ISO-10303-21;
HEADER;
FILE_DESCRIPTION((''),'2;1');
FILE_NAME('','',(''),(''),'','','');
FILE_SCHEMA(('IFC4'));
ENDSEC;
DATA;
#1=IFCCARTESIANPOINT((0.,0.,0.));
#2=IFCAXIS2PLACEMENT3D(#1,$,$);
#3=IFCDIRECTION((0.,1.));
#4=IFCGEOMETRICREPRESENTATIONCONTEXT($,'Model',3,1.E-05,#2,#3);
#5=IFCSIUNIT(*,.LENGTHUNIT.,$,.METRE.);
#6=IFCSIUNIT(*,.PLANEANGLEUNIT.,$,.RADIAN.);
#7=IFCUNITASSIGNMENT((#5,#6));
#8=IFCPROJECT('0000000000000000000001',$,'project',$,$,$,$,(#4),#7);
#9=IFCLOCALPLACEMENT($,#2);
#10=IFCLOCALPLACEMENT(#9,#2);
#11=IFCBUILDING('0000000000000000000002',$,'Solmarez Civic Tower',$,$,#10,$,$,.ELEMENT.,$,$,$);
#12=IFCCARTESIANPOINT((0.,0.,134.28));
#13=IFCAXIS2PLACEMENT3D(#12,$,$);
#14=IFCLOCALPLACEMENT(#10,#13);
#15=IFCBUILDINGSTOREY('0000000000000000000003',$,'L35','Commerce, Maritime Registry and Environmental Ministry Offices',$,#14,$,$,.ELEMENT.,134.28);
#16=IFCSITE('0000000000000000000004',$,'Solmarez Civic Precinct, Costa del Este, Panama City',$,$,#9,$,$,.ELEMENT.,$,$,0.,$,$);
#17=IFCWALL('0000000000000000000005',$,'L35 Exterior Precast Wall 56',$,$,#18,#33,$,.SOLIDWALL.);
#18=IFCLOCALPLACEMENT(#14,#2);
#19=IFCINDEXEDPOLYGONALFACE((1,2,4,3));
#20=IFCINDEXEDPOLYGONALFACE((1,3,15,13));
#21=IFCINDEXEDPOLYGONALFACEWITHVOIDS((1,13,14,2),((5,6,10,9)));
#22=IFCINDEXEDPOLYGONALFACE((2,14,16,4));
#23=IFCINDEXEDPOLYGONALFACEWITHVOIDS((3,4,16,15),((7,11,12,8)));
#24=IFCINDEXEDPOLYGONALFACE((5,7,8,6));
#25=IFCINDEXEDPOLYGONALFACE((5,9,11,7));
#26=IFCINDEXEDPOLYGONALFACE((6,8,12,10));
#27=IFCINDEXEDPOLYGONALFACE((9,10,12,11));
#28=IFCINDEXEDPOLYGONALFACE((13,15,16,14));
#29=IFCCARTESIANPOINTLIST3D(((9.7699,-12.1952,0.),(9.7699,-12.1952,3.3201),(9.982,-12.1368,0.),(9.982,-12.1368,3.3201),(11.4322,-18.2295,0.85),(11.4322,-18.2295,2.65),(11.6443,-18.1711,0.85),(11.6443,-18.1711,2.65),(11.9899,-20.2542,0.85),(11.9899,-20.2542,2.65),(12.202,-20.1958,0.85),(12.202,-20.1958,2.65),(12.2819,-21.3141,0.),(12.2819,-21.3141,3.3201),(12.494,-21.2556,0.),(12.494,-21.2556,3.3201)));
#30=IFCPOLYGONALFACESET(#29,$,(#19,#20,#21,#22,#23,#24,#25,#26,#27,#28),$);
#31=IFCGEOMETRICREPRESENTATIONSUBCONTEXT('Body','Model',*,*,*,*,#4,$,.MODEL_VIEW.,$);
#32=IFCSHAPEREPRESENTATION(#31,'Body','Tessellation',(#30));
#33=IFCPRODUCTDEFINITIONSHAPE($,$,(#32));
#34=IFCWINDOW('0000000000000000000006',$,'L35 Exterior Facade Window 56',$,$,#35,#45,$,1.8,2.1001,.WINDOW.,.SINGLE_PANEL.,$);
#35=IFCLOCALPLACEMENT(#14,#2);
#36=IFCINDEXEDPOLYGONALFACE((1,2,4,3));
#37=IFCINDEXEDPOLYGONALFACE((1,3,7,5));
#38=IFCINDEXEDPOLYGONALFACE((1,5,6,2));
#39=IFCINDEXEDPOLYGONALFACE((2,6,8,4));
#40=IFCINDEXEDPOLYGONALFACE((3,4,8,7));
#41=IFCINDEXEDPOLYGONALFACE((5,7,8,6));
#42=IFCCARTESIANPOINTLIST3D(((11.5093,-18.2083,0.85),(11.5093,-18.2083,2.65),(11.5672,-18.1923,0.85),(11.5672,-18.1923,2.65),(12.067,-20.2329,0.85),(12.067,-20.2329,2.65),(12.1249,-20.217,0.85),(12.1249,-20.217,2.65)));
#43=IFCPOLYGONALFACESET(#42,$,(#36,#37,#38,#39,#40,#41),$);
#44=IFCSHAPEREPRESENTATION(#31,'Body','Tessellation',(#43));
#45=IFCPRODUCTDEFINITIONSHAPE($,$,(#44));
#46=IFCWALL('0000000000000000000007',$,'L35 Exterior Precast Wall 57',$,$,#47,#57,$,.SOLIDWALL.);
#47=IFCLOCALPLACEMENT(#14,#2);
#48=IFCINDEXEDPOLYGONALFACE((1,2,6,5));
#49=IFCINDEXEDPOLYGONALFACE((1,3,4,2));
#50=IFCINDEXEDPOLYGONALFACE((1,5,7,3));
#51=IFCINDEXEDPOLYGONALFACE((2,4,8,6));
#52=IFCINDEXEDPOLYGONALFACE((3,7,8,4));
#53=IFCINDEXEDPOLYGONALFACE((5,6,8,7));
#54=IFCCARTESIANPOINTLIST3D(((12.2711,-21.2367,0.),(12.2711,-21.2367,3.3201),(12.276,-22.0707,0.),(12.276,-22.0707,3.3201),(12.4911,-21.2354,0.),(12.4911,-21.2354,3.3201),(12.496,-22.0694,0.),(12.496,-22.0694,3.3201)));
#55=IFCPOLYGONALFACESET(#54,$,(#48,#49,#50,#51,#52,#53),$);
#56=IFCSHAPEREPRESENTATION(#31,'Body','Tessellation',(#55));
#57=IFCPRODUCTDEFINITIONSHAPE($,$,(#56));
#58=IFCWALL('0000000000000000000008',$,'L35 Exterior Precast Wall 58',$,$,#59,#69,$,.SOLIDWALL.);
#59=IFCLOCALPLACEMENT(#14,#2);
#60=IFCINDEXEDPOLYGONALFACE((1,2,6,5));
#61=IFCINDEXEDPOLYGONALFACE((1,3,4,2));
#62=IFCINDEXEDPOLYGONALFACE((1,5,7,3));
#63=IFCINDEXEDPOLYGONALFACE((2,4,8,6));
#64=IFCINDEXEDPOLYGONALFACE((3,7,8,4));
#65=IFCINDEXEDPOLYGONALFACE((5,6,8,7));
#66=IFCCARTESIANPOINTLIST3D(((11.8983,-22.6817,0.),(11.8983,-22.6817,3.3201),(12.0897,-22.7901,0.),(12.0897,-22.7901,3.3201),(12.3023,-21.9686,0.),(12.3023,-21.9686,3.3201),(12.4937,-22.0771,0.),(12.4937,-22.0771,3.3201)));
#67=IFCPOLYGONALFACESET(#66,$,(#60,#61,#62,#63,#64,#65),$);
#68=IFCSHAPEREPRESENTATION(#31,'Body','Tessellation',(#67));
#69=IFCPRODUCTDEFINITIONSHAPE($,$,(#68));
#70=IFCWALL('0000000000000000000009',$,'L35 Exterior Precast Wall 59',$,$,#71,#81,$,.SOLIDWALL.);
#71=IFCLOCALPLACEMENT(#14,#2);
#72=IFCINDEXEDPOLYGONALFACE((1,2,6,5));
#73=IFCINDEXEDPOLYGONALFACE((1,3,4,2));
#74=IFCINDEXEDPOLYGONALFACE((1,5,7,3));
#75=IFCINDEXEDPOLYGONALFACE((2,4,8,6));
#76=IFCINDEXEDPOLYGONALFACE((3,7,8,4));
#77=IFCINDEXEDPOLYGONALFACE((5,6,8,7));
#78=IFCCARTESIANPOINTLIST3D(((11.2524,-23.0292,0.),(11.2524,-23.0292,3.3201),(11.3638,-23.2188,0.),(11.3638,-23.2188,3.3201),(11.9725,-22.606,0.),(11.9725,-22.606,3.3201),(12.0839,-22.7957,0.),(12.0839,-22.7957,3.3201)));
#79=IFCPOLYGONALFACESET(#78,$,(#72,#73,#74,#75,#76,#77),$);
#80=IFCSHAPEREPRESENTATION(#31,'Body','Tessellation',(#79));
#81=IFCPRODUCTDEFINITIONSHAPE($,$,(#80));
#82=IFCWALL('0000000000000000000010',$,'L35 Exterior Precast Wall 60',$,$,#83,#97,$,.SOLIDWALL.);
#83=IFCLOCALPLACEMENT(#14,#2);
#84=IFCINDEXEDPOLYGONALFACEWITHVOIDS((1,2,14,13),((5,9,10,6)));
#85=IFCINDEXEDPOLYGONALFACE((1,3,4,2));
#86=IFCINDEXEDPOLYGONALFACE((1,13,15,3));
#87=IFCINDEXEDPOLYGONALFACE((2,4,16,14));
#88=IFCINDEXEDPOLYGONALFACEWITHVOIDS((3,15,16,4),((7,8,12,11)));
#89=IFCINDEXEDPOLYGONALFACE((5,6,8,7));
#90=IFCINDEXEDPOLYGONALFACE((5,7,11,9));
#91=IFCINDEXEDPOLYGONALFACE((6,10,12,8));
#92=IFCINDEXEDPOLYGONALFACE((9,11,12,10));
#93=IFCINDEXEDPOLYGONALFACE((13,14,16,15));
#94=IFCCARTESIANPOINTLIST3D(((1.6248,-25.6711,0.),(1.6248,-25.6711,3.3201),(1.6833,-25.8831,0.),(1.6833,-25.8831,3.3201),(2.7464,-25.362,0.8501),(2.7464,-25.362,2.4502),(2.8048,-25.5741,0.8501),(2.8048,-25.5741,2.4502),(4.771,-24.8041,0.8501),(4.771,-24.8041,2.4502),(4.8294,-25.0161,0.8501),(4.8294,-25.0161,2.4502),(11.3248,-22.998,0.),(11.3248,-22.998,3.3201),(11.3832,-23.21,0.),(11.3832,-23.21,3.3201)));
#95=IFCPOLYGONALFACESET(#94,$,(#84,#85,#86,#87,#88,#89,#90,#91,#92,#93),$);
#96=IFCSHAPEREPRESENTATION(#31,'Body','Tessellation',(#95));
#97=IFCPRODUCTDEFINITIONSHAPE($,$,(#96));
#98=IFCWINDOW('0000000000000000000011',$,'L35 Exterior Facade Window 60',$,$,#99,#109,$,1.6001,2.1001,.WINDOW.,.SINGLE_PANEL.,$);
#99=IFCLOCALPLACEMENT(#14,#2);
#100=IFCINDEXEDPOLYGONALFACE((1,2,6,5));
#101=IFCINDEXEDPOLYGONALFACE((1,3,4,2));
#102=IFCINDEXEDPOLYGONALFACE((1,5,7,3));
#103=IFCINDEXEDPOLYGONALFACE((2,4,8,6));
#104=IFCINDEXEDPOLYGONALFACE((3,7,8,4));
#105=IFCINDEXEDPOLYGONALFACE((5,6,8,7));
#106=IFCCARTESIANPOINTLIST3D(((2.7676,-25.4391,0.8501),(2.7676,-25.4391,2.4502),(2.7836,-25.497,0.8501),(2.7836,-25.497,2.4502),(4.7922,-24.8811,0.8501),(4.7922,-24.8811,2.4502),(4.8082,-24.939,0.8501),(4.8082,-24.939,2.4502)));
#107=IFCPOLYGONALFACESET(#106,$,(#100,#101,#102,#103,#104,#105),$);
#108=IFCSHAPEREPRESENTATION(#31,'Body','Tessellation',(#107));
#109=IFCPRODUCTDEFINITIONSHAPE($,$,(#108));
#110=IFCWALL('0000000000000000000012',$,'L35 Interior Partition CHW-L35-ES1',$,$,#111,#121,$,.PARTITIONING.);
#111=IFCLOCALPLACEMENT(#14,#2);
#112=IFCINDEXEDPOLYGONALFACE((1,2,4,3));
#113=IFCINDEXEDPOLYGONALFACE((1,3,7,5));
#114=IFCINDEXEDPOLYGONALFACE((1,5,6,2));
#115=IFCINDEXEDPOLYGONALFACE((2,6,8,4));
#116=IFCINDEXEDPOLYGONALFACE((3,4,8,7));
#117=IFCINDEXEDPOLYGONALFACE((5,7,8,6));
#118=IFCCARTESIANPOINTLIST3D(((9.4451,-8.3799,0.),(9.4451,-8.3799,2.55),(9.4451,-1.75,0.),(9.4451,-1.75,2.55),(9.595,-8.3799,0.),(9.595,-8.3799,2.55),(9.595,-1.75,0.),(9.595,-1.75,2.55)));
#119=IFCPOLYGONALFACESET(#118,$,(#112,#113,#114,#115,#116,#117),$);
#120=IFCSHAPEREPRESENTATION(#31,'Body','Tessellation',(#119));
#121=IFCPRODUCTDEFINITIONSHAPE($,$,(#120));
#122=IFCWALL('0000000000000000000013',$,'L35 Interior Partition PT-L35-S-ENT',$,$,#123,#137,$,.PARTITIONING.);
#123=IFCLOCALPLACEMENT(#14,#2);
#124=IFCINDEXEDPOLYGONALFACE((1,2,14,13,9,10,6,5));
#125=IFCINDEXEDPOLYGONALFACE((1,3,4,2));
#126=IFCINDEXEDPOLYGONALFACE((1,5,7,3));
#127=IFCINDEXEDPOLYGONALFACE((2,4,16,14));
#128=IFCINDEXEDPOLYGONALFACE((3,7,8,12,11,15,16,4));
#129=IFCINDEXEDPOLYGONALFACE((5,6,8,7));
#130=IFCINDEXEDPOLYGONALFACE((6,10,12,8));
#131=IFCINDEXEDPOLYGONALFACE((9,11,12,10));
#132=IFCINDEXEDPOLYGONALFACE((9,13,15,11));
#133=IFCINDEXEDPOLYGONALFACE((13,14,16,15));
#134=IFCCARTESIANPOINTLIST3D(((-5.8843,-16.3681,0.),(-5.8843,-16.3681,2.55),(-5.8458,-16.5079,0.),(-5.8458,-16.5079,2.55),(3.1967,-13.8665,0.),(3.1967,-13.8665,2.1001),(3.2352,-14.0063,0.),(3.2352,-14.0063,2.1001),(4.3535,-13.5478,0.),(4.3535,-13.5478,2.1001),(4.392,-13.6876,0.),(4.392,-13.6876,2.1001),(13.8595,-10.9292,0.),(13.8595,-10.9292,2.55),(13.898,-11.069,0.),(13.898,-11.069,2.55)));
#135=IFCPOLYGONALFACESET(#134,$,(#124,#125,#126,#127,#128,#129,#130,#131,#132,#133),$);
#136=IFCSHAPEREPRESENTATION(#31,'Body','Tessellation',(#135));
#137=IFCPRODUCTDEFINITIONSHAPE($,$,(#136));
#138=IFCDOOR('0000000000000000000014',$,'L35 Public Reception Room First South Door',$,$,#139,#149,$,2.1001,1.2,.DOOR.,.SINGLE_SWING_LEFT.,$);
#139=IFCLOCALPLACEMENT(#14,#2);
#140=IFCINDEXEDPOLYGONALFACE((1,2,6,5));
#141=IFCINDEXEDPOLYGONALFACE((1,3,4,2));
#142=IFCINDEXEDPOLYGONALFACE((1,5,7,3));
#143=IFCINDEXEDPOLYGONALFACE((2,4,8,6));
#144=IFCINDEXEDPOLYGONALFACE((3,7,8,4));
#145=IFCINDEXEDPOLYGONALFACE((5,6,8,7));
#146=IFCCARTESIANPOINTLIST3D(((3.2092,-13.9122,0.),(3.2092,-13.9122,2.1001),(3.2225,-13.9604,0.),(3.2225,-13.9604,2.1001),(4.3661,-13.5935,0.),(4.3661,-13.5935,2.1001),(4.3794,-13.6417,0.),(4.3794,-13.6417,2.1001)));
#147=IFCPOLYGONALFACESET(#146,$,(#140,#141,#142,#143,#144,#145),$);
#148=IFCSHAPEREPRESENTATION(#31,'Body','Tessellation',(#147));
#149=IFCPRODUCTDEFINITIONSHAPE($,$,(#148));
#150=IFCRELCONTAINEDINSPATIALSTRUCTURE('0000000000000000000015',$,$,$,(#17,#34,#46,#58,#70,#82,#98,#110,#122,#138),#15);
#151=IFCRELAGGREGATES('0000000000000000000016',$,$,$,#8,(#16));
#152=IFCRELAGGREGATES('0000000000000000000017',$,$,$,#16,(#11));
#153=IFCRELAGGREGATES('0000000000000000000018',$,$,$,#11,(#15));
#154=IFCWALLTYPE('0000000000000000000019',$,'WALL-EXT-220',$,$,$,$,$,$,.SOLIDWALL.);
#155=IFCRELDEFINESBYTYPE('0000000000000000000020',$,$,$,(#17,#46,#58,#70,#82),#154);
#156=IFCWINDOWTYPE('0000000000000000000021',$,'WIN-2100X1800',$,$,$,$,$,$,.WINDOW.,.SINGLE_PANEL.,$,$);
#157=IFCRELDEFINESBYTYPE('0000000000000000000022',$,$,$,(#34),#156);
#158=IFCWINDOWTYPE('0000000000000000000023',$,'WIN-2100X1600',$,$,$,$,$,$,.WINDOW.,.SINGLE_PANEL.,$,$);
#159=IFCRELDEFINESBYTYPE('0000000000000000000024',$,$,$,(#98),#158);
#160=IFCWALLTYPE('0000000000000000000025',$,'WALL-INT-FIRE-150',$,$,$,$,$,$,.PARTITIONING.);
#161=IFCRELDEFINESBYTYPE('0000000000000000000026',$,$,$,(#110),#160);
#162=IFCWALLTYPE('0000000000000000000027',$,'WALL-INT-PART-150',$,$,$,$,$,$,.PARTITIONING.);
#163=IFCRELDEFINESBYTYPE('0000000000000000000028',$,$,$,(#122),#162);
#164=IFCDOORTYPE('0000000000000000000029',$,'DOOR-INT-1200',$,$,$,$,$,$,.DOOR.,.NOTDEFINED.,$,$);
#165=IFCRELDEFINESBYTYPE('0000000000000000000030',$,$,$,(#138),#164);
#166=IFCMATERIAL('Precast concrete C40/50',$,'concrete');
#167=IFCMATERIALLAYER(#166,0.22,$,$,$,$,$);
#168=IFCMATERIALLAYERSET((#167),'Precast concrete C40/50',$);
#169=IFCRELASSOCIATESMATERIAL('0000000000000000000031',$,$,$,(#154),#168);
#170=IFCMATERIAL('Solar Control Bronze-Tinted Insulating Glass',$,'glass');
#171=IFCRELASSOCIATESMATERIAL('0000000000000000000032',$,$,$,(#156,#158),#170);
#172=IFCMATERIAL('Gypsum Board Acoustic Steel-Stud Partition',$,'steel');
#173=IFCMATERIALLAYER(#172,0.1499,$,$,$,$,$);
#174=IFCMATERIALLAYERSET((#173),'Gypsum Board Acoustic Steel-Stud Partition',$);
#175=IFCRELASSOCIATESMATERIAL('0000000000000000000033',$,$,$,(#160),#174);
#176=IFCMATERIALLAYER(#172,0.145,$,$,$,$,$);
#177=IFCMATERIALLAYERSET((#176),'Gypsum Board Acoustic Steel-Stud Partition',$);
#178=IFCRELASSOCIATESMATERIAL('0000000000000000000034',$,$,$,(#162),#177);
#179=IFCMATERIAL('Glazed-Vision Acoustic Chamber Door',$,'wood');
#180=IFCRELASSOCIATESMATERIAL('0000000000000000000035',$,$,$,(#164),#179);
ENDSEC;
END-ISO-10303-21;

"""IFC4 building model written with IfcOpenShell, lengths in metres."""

from ifc_helpers import new_model, si_unit, direction, frame, frame_2d, origin, place, context, subcontext, project, spatial, rectangle, extrude, material, layer, layer_set, type_object, element, fill, save


model = new_model("IFC4")

# Units and contexts
model_context = context("Model", 3, precision=1e-05, world=origin(), true_north=direction((0.0, 1.0)))
body_context = subcontext(model_context, "Body", "Model", "MODEL_VIEW")
ifc_project = project(units=[si_unit("LENGTHUNIT", "METRE"), si_unit("PLANEANGLEUNIT", "RADIAN")], contexts=[model_context])

# Site, building, storey
site_placement = place(None, origin())
site = spatial("IfcSite", under=ifc_project, at=site_placement, Name="Solmarez Civic Precinct, Costa del Este, Panama City", CompositionType="ELEMENT", RefElevation=0.0)
building_placement = place(site_placement, origin())
building = spatial("IfcBuilding", under=site, at=building_placement, Name="Solmarez Civic Tower", CompositionType="ELEMENT")
storey_placement = place(building_placement, frame((0.0, 0.0, 134.28)))
storey = spatial("IfcBuildingStorey", under=building, at=storey_placement, Name="L35", Description="Commerce, Maritime Registry and Environmental Ministry Offices", CompositionType="ELEMENT", Elevation=134.28)

# Shared definitions
ifc_material_1 = material(Name="Precast concrete C40/50", Category="concrete")
ifc_layer_1 = layer(ifc_material_1, 0.22)
ifc_layer_set_1 = layer_set([ifc_layer_1], Name="Precast concrete C40/50")
wall_type_1 = type_object("IfcWallType", Name="WALL-EXT-220", PredefinedType="SOLIDWALL", material=ifc_layer_set_1)

# Wall, opening, window
wall_1_placement = place(storey_placement, frame((9.876, -12.166, 0.0), z_axis=(0.0, 0.0, 1.0), x_axis=(0.265576, -0.96409, 0.0)))
wall_1 = element("IfcWall", 1, at=wall_1_placement, inside=storey, type_object=wall_type_1, Name="L35 Exterior Precast Wall 56", PredefinedType="SOLIDWALL", context=body_context, shape_type="SweptSolid", body=[
    extrude(rectangle(XDim=9.4585, YDim=0.22, at=frame_2d((4.7292, 0.0))), origin(), (0.0, 0.0, 1.0), 3.3201),
])
opening_1_placement = place(wall_1_placement, frame((6.259, 0.0, 0.8501)))
opening_1 = element("IfcOpeningElement", 2, at=opening_1_placement, cuts=wall_1, PredefinedType="OPENING", context=body_context, shape_type="SweptSolid", body=[
    extrude(rectangle(XDim=2.1001, YDim=1.8, at=frame_2d((1.05, 0.8999))), frame((0.0, 0.1199, 0.0), z_axis=(0.0, -1.0, 0.0), x_axis=(1.0, 0.0, 0.0)), (0.0, 0.0, 1.0), 0.24),
])
ifc_material_2 = material(Name="Solar Control Bronze-Tinted Insulating Glass", Category="glass")
window_type_1 = type_object("IfcWindowType", Name="WIN-2100X1800", PartitioningType="SINGLE_PANEL", PredefinedType="WINDOW", material=ifc_material_2)
window_1_placement = place(opening_1_placement, origin())
window_1 = element("IfcWindow", 3, at=window_1_placement, inside=storey, type_object=window_type_1, Name="L35 Exterior Facade Window 56", OverallHeight=1.8, OverallWidth=2.1001, PartitioningType="SINGLE_PANEL", PredefinedType="WINDOW", context=body_context, shape_type="SweptSolid", body=[
    extrude(rectangle(XDim=2.1001, YDim=1.8, at=frame_2d((1.05, 0.8999))), frame((0.0, 0.03, 0.0), z_axis=(0.0, -1.0, 0.0), x_axis=(1.0, 0.0, 0.0)), (0.0, 0.0, 1.0), 0.0601),
])
fill(opening_1, window_1)

# Walls
wall_2_placement = place(storey_placement, frame((12.3811, -21.2361, 0.0), z_axis=(0.0, 0.0, 1.0), x_axis=(0.005855, -0.999983, 0.0)))
element("IfcWall", 4, at=wall_2_placement, inside=storey, type_object=wall_type_1, Name="L35 Exterior Precast Wall 57", PredefinedType="SOLIDWALL", context=body_context, shape_type="SweptSolid", body=[
    extrude(rectangle(XDim=0.834, YDim=0.22, at=frame_2d((0.417, 0.0))), origin(), (0.0, 0.0, 1.0), 3.3201),
])
wall_3_placement = place(storey_placement, frame((12.3979, -22.0229, 0.0), z_axis=(0.0, 0.0, 1.0), x_axis=(-0.49296, -0.870052, 0.0)))
element("IfcWall", 5, at=wall_3_placement, inside=storey, type_object=wall_type_1, Name="L35 Exterior Precast Wall 58", PredefinedType="SOLIDWALL", context=body_context, shape_type="SweptSolid", body=[
    extrude(rectangle(XDim=0.8196, YDim=0.22, at=frame_2d((0.4097, 0.0))), origin(), (0.0, 0.0, 1.0), 3.3201),
])
wall_4_placement = place(storey_placement, frame((12.0281, -22.7009, 0.0), z_axis=(0.0, 0.0, 1.0), x_axis=(-0.862152, -0.50665, 0.0)))
element("IfcWall", 6, at=wall_4_placement, inside=storey, type_object=wall_type_1, Name="L35 Exterior Precast Wall 59", PredefinedType="SOLIDWALL", context=body_context, shape_type="SweptSolid", body=[
    extrude(rectangle(XDim=0.8352, YDim=0.22, at=frame_2d((0.4175, 0.0))), origin(), (0.0, 0.0, 1.0), 3.3201),
])

# Wall, opening, window
wall_5_placement = place(storey_placement, frame((11.354, -23.104, 0.0), z_axis=(0.0, 0.0, 1.0), x_axis=(-0.964063, -0.265675, 0.0)))
wall_5 = element("IfcWall", 7, at=wall_5_placement, inside=storey, type_object=wall_type_1, Name="L35 Exterior Precast Wall 60", PredefinedType="SOLIDWALL", context=body_context, shape_type="SweptSolid", body=[
    extrude(rectangle(XDim=10.0615, YDim=0.22, at=frame_2d((5.0308, 0.0))), origin(), (0.0, 0.0, 1.0), 3.3201),
])
opening_2_placement = place(wall_5_placement, frame((6.7981, 0.0, 0.8501)))
opening_2 = element("IfcOpeningElement", 8, at=opening_2_placement, cuts=wall_5, PredefinedType="OPENING", context=body_context, shape_type="SweptSolid", body=[
    extrude(rectangle(XDim=2.1001, YDim=1.6001, at=frame_2d((1.05, 0.8))), frame((0.0, 0.1199, 0.0), z_axis=(0.0, -1.0, 0.0), x_axis=(1.0, 0.0, 0.0)), (0.0, 0.0, 1.0), 0.24),
])
window_type_2 = type_object("IfcWindowType", Name="WIN-2100X1600", PartitioningType="SINGLE_PANEL", PredefinedType="WINDOW", material=ifc_material_2)
window_2_placement = place(opening_2_placement, origin())
window_2 = element("IfcWindow", 9, at=window_2_placement, inside=storey, type_object=window_type_2, Name="L35 Exterior Facade Window 60", OverallHeight=1.6001, OverallWidth=2.1001, PartitioningType="SINGLE_PANEL", PredefinedType="WINDOW", context=body_context, shape_type="SweptSolid", body=[
    extrude(rectangle(XDim=2.1001, YDim=1.6001, at=frame_2d((1.05, 0.8))), frame((0.0, 0.03, 0.0), z_axis=(0.0, -1.0, 0.0), x_axis=(1.0, 0.0, 0.0)), (0.0, 0.0, 1.0), 0.0601),
])
fill(opening_2, window_2)

# Wall
ifc_material_3 = material(Name="Gypsum Board Acoustic Steel-Stud Partition", Category="steel")
ifc_layer_2 = layer(ifc_material_3, 0.1499)
ifc_layer_set_2 = layer_set([ifc_layer_2], Name="Gypsum Board Acoustic Steel-Stud Partition")
wall_type_2 = type_object("IfcWallType", Name="WALL-INT-FIRE-150", PredefinedType="PARTITIONING", material=ifc_layer_set_2)
wall_6_placement = place(storey_placement, frame((9.52, -8.3799, 0.0), z_axis=(0.0, 0.0, 1.0), x_axis=(0.0, 1.0, 0.0)))
element("IfcWall", 10, at=wall_6_placement, inside=storey, type_object=wall_type_2, Name="L35 Interior Partition CHW-L35-ES1", PredefinedType="PARTITIONING", context=body_context, shape_type="SweptSolid", body=[
    extrude(rectangle(XDim=6.6299, YDim=0.1499, at=frame_2d((3.3149, 0.0))), origin(), (0.0, 0.0, 1.0), 2.55),
])

# Wall, opening, door
ifc_layer_3 = layer(ifc_material_3, 0.145)
ifc_layer_set_3 = layer_set([ifc_layer_3], Name="Gypsum Board Acoustic Steel-Stud Partition")
wall_type_3 = type_object("IfcWallType", Name="WALL-INT-PART-150", PredefinedType="PARTITIONING", material=ifc_layer_set_3)
wall_7_placement = place(storey_placement, frame((13.8789, -10.999, 0.0), z_axis=(0.0, 0.0, 1.0), x_axis=(-0.964088, -0.265583, 0.0)))
wall_7 = element("IfcWall", 11, at=wall_7_placement, inside=storey, type_object=wall_type_3, Name="L35 Interior Partition PT-L35-S-ENT", PredefinedType="PARTITIONING", context=body_context, shape_type="SweptSolid", body=[
    extrude(rectangle(XDim=20.4792, YDim=0.145, at=frame_2d((10.2397, 0.0))), origin(), (0.0, 0.0, 1.0), 2.55),
])
opening_3_placement = place(wall_7_placement, frame((9.8601, 0.0, 0.0)))
opening_3 = element("IfcOpeningElement", 12, at=opening_3_placement, cuts=wall_7, PredefinedType="OPENING", context=body_context, shape_type="SweptSolid", body=[
    extrude(rectangle(XDim=1.2, YDim=2.1001, at=frame_2d((0.6001, 1.05))), frame((0.0, 0.0825, 0.0), z_axis=(0.0, -1.0, 0.0), x_axis=(1.0, 0.0, 0.0)), (0.0, 0.0, 1.0), 0.165),
])
ifc_material_4 = material(Name="Glazed-Vision Acoustic Chamber Door", Category="wood")
door_type = type_object("IfcDoorType", Name="DOOR-INT-1200", OperationType="NOTDEFINED", PredefinedType="DOOR", material=ifc_material_4)
door_placement = place(opening_3_placement, origin())
door = element("IfcDoor", 13, at=door_placement, inside=storey, type_object=door_type, Name="L35 Public Reception Room First South Door", OperationType="SINGLE_SWING_LEFT", OverallHeight=2.1001, OverallWidth=1.2, PredefinedType="DOOR", context=body_context, shape_type="SweptSolid", body=[
    extrude(rectangle(XDim=1.2, YDim=2.1001, at=frame_2d((0.6001, 1.05))), frame((0.0, 0.0249, 0.0), z_axis=(0.0, -1.0, 0.0), x_axis=(1.0, 0.0, 0.0)), (0.0, 0.0, 1.0), 0.05),
])
fill(opening_3, door)

save(model, "model.ifc")
